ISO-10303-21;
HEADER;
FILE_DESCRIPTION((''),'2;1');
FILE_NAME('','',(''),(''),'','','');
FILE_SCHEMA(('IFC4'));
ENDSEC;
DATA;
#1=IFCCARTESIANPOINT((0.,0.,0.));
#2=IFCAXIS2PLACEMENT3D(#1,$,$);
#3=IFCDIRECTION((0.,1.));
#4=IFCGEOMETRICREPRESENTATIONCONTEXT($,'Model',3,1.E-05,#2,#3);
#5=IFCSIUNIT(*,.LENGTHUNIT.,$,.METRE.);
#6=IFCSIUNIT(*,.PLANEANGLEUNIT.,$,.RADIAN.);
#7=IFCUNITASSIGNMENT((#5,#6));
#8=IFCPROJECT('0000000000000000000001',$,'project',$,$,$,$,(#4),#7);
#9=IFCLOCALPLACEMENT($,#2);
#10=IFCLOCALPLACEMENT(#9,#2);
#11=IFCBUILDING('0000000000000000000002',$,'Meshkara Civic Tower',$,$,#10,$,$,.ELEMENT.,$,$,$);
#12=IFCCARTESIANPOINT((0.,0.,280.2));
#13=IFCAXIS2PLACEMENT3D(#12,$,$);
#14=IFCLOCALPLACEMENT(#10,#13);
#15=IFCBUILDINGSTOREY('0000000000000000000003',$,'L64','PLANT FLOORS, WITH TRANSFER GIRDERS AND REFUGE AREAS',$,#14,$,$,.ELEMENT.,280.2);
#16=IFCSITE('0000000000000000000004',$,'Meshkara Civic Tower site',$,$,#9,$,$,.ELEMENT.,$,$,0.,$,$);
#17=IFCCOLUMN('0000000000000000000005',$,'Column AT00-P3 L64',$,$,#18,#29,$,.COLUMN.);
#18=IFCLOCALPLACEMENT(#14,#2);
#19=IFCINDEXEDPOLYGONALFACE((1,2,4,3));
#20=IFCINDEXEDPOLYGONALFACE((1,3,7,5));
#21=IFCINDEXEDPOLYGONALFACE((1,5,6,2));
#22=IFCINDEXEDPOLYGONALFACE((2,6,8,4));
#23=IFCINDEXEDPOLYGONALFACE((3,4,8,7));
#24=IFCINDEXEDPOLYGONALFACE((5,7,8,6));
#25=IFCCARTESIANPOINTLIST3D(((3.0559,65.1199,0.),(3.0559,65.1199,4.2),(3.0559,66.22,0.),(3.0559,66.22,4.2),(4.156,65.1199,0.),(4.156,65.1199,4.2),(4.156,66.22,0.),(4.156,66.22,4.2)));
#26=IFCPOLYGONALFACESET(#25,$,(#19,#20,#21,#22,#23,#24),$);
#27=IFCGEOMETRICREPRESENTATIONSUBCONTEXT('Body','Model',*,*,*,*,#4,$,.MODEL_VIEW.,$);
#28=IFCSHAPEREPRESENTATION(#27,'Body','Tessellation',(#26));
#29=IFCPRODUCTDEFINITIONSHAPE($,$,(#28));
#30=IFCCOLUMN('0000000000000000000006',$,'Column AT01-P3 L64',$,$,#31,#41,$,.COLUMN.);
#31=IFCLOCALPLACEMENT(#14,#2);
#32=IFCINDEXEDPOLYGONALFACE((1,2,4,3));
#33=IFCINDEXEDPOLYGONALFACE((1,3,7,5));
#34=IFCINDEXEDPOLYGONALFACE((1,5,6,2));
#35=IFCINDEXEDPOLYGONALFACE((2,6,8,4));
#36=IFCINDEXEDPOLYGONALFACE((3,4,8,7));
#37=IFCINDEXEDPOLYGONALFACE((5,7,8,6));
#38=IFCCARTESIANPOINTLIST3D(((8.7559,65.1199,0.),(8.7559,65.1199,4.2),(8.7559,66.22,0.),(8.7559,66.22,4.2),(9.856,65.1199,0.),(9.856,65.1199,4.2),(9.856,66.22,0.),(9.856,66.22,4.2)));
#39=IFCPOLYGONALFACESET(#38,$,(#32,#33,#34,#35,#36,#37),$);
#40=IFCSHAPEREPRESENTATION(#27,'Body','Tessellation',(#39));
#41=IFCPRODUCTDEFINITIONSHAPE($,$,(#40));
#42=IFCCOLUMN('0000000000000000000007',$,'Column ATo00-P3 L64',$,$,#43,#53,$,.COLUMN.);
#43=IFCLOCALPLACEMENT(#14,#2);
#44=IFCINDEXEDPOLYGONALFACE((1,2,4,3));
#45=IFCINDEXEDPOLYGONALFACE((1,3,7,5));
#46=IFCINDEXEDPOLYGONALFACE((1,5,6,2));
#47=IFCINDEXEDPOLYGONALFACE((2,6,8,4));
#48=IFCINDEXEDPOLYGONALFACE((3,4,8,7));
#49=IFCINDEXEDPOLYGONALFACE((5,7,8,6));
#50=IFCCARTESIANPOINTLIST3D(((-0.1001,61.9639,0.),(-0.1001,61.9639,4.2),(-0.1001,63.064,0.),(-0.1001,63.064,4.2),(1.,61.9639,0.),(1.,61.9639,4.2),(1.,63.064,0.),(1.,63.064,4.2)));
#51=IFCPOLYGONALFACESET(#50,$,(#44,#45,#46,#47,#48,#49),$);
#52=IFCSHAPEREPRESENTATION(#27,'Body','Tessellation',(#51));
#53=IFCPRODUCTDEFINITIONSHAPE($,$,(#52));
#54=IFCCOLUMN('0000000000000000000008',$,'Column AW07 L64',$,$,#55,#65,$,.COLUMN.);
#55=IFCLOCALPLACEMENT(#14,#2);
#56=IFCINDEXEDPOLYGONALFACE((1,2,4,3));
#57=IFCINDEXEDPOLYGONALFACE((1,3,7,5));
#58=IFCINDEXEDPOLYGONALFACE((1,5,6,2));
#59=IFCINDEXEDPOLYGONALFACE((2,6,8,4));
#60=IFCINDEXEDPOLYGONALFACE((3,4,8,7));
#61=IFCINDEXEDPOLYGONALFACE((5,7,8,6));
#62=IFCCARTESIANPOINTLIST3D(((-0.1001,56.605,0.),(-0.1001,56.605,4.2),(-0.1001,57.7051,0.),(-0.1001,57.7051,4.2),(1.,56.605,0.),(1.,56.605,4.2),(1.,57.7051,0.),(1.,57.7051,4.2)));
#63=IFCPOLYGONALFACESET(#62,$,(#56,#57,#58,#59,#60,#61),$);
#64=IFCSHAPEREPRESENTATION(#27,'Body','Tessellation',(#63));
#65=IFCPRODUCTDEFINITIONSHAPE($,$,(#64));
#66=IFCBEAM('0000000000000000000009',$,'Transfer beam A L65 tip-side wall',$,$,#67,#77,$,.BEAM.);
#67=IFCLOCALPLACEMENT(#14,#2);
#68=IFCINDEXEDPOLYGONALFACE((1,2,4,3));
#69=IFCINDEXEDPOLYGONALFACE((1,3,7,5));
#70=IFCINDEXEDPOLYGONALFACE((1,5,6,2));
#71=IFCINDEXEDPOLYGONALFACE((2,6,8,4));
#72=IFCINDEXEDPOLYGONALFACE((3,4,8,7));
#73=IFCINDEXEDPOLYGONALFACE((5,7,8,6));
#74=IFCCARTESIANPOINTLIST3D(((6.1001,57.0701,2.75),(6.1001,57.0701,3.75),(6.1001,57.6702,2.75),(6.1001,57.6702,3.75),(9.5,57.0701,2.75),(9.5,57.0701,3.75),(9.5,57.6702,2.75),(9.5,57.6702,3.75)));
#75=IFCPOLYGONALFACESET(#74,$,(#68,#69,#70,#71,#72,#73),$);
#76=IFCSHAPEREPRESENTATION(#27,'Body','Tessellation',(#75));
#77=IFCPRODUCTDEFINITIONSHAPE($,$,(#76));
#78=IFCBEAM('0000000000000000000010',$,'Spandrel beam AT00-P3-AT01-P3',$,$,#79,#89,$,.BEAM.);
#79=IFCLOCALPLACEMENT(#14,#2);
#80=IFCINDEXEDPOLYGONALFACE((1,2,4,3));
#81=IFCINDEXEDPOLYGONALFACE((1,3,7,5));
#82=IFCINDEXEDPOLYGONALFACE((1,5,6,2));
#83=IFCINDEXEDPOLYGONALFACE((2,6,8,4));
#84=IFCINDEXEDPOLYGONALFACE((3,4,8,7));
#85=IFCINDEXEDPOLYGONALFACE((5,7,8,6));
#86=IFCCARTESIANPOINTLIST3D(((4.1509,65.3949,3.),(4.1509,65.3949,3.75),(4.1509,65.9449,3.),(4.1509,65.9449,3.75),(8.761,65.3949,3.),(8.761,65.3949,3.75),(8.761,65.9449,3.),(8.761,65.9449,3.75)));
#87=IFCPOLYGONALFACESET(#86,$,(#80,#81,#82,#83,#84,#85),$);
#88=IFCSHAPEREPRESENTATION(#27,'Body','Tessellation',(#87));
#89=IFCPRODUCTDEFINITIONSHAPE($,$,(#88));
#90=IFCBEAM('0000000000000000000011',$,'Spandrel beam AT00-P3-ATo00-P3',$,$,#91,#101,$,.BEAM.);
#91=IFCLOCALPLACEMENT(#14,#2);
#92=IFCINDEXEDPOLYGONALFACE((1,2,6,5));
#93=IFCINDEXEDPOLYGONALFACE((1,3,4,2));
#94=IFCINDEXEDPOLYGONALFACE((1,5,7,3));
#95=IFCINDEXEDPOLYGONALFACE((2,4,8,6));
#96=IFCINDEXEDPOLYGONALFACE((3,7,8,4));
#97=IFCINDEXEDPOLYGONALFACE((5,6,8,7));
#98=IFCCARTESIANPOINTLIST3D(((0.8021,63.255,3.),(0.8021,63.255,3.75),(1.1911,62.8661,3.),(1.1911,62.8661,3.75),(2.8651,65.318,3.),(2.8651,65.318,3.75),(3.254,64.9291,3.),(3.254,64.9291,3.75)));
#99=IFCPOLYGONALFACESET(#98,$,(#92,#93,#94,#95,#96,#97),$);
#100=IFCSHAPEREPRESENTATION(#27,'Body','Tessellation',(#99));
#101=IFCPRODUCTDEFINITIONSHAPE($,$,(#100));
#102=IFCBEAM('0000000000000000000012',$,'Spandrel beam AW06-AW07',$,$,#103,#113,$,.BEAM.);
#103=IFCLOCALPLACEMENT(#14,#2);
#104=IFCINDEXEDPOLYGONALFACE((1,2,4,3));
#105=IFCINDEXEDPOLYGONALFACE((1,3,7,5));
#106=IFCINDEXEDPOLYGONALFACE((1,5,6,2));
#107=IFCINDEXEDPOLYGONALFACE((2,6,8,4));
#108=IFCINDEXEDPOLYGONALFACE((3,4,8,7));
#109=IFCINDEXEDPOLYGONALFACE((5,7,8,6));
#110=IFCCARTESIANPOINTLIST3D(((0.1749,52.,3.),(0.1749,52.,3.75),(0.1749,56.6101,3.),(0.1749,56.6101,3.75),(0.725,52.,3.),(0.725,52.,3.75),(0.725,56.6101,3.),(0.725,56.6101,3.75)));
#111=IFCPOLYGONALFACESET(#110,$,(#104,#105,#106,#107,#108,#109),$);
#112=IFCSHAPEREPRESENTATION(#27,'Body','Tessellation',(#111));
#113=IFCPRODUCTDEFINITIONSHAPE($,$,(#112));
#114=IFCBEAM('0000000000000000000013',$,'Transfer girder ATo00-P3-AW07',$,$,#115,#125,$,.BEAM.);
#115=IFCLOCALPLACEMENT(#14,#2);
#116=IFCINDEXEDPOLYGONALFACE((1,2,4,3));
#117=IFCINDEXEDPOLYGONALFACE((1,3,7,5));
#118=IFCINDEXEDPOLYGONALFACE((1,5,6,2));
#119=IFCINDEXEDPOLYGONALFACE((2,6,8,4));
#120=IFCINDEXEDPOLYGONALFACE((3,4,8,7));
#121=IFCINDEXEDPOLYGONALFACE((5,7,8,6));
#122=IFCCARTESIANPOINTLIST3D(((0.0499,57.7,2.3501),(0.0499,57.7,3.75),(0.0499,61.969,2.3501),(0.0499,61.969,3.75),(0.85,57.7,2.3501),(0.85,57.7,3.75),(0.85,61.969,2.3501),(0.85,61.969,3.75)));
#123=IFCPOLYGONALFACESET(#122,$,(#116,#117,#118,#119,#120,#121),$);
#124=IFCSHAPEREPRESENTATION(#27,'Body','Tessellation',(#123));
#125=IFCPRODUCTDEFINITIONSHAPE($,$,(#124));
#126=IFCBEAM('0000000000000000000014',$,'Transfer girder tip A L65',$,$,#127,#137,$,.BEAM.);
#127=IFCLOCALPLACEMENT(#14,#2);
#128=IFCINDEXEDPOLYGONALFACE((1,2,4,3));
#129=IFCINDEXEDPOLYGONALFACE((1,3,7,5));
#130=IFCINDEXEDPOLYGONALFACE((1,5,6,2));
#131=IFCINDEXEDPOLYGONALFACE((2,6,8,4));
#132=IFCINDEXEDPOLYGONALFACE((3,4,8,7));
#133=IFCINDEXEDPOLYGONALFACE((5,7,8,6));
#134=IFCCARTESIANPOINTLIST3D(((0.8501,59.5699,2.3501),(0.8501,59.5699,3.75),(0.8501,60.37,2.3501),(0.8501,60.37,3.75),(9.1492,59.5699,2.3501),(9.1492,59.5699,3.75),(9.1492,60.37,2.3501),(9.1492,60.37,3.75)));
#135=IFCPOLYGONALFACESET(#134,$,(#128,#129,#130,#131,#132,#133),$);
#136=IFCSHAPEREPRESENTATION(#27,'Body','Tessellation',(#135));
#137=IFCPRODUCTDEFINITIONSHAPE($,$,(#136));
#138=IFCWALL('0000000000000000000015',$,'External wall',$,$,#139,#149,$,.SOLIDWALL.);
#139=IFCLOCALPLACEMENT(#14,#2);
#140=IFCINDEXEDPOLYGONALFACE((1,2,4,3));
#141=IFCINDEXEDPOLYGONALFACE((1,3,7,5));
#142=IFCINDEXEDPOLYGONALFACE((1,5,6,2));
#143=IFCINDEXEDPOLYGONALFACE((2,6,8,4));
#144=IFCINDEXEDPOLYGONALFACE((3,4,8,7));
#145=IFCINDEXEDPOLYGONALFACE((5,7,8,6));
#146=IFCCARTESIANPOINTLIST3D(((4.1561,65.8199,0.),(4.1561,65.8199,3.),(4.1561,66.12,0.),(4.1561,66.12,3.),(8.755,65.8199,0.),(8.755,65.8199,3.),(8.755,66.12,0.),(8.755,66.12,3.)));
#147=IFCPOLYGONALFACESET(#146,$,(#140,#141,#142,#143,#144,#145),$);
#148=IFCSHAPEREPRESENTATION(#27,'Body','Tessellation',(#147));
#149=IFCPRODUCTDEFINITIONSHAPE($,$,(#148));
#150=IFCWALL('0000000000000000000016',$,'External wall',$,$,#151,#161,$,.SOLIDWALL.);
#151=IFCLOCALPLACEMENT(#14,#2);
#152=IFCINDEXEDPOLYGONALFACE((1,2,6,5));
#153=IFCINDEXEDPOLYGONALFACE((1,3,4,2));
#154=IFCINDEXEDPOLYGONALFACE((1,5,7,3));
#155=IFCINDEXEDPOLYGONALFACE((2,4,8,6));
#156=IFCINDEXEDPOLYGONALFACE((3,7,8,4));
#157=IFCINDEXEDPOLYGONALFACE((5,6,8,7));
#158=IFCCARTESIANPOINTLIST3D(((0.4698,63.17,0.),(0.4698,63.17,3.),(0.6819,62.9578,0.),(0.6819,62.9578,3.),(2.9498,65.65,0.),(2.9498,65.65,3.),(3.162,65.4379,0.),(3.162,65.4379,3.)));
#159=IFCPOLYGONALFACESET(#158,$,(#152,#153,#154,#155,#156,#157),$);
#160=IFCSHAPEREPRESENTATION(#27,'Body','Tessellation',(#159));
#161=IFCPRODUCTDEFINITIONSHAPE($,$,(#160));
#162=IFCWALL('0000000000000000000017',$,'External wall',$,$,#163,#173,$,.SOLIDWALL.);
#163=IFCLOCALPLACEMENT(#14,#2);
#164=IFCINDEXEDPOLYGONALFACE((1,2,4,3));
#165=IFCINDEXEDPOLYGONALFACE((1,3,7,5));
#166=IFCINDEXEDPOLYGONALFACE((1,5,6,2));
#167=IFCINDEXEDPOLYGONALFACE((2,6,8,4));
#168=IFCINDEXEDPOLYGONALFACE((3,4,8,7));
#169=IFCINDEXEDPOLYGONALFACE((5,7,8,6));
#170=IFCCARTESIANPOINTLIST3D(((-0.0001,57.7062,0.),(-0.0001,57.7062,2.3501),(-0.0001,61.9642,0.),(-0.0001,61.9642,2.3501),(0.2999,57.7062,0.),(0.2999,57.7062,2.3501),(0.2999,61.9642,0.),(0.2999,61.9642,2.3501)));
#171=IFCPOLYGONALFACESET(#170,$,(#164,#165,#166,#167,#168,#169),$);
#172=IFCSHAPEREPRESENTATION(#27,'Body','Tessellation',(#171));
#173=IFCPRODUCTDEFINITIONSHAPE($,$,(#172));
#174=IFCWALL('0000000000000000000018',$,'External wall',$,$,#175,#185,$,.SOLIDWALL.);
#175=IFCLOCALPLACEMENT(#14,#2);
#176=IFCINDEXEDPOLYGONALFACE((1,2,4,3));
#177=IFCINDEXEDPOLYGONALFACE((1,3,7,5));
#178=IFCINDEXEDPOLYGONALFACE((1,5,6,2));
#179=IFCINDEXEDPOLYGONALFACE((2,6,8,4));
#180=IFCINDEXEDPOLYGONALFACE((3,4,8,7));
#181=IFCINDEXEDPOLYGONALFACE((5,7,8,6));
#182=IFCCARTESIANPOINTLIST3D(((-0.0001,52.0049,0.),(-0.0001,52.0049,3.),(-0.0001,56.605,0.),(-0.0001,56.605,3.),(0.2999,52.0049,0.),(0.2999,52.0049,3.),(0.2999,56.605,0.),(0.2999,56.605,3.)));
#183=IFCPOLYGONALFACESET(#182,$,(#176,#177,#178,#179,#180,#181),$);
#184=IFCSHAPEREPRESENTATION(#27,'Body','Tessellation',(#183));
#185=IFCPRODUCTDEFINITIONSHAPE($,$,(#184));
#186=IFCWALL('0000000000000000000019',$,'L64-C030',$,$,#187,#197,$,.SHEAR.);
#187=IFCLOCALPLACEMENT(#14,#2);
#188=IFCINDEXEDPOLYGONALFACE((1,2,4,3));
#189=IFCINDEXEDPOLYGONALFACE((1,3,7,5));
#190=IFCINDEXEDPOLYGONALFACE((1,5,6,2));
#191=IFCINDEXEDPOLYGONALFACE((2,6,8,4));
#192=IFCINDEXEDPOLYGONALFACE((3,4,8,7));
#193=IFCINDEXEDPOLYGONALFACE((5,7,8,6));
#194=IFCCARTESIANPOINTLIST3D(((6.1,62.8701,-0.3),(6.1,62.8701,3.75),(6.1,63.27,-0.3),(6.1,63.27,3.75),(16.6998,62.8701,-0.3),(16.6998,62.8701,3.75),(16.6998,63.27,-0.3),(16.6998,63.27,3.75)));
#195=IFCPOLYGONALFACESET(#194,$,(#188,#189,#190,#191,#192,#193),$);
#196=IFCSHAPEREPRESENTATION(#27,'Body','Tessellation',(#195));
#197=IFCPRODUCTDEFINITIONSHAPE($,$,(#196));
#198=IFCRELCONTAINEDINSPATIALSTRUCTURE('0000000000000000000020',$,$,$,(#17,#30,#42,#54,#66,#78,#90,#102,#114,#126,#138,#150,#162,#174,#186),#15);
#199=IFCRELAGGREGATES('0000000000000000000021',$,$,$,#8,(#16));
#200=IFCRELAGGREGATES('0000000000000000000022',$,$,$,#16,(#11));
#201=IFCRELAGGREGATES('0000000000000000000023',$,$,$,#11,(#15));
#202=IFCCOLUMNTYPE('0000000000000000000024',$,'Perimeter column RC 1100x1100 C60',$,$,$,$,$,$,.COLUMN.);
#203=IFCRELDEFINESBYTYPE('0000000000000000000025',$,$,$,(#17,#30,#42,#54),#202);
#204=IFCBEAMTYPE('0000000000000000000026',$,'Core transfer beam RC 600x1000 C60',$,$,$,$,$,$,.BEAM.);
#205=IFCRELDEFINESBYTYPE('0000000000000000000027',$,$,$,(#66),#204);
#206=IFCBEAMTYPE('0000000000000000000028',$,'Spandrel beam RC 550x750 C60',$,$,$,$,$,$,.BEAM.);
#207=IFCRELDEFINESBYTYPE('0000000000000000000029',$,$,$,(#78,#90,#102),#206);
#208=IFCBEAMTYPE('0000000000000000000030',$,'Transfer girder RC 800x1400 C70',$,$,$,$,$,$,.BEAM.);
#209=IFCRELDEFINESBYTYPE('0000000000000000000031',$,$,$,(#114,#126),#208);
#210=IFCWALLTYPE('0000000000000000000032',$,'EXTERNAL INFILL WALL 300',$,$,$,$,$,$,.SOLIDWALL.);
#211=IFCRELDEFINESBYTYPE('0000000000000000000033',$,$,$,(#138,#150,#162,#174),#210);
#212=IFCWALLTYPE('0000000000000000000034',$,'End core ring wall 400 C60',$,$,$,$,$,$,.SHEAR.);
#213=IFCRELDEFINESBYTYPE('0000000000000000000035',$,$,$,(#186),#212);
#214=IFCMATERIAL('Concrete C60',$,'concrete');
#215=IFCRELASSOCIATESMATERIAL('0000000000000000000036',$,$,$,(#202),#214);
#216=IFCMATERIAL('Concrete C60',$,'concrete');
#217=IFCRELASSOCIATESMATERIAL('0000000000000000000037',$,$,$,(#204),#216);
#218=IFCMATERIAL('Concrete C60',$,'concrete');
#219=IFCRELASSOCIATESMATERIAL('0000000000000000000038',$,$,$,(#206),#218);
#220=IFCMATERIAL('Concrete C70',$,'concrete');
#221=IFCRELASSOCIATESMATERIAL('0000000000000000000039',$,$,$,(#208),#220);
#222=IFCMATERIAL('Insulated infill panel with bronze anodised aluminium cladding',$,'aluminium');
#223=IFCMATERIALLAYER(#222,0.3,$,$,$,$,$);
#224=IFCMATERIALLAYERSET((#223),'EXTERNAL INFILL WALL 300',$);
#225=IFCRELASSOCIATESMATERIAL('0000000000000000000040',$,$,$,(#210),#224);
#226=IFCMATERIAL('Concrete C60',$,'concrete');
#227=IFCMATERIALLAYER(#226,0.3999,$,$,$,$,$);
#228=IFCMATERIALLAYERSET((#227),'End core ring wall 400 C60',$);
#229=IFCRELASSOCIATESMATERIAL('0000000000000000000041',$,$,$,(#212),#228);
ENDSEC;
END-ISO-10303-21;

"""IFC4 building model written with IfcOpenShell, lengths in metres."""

from ifc_helpers import new_model, si_unit, direction, frame, frame_2d, origin, origin_2d, place, context, subcontext, project, spatial, rectangle, extrude, material, layer, layer_set, material_profile, profile_set, type_object, element, save


model = new_model("IFC4")

# Units and contexts
model_context = context("Model", 3, precision=1e-05, world=origin(), true_north=direction((0.0, 1.0)))
body_context = subcontext(model_context, "Body", "Model", "MODEL_VIEW")
ifc_project = project(units=[si_unit("LENGTHUNIT", "METRE"), si_unit("PLANEANGLEUNIT", "RADIAN")], contexts=[model_context])

# Site, building, storey
site_placement = place(None, origin())
site = spatial("IfcSite", under=ifc_project, at=site_placement, Name="Meshkara Civic Tower site", CompositionType="ELEMENT", RefElevation=0.0)
building_placement = place(site_placement, origin())
building = spatial("IfcBuilding", under=site, at=building_placement, Name="Meshkara Civic Tower", CompositionType="ELEMENT")
storey_placement = place(building_placement, frame((0.0, 0.0, 280.2)))
storey = spatial("IfcBuildingStorey", under=building, at=storey_placement, Name="L64", Description="PLANT FLOORS, WITH TRANSFER GIRDERS AND REFUGE AREAS", CompositionType="ELEMENT", Elevation=280.2)

# Columns
ifc_material_1 = material(Name="Concrete C60", Category="concrete")
ifc_material_profile_1 = material_profile(ifc_material_1, rectangle(XDim=1.1001, YDim=1.1001, at=origin_2d()))
ifc_profile_set_1 = profile_set([ifc_material_profile_1], Name="Concrete C60")
column_type = type_object("IfcColumnType", Name="Perimeter column RC 1100x1100 C60", PredefinedType="COLUMN", material=ifc_profile_set_1)
for number, where, z_axis, x_axis, name in (
    (1, (3.606, 65.6699, 0.0), (0.0, 0.0, 1.0), (1.0, 0.0, 0.0), "Column AT00-P3 L64"),
    (2, (9.3059, 65.6699, 0.0), (0.0, 0.0, 1.0), (1.0, 0.0, 0.0), "Column AT01-P3 L64"),
    (3, (0.45, 62.5139, 0.0), (0.0, 0.0, 1.0), (1.0, 0.0, 0.0), "Column ATo00-P3 L64"),
    (4, (0.45, 57.155, 0.0), (0.0, 0.0, 1.0), (1.0, 0.0, 0.0), "Column AW07 L64"),
):
    element("IfcColumn", number, at=place(storey_placement, frame(where, z_axis=z_axis, x_axis=x_axis)), inside=storey, type_object=column_type, Name=name, PredefinedType="COLUMN", context=body_context, shape_type="SweptSolid", body=[
        extrude(rectangle(XDim=1.1001, YDim=1.1001, at=origin_2d()), origin(), (0.0, 0.0, 1.0), 4.2),
    ])

# Beams
ifc_material_2 = material(Name="Concrete C60", Category="concrete")
ifc_material_profile_2 = material_profile(ifc_material_2, rectangle(XDim=0.6001, YDim=1.0, at=origin_2d()))
ifc_profile_set_2 = profile_set([ifc_material_profile_2], Name="Concrete C60")
beam_type_1 = type_object("IfcBeamType", Name="Core transfer beam RC 600x1000 C60", PredefinedType="BEAM", material=ifc_profile_set_2)
beam_1_placement = place(storey_placement, frame((6.1001, 57.3701, 3.25), z_axis=(1.0, 0.0, 0.0), x_axis=(0.0, 1.0, 0.0)))
element("IfcBeam", 5, at=beam_1_placement, inside=storey, type_object=beam_type_1, Name="Transfer beam A L65 tip-side wall", PredefinedType="BEAM", context=body_context, shape_type="SweptSolid", body=[
    extrude(rectangle(XDim=0.6001, YDim=1.0, at=origin_2d()), origin(), (0.0, 0.0, 1.0), 3.3999),
])
ifc_material_3 = material(Name="Concrete C60", Category="concrete")
ifc_material_profile_3 = material_profile(ifc_material_3, rectangle(XDim=0.55, YDim=0.75, at=origin_2d()))
ifc_profile_set_3 = profile_set([ifc_material_profile_3], Name="Concrete C60")
beam_type_2 = type_object("IfcBeamType", Name="Spandrel beam RC 550x750 C60", PredefinedType="BEAM", material=ifc_profile_set_3)
beam_2_placement = place(storey_placement, frame((8.761, 65.6699, 3.375), z_axis=(-1.0, 0.0, 0.0), x_axis=(0.0, -1.0, 0.0)))
element("IfcBeam", 6, at=beam_2_placement, inside=storey, type_object=beam_type_2, Name="Spandrel beam AT00-P3-AT01-P3", PredefinedType="BEAM", context=body_context, shape_type="SweptSolid", body=[
    extrude(rectangle(XDim=0.55, YDim=0.75, at=origin_2d()), origin(), (0.0, 0.0, 1.0), 4.6101),
])
beam_3_placement = place(storey_placement, frame((3.0596, 65.1235, 3.375), z_axis=(-0.707107, -0.707107, 0.0), x_axis=(0.707107, -0.707107, 0.0)))
element("IfcBeam", 7, at=beam_3_placement, inside=storey, type_object=beam_type_2, Name="Spandrel beam AT00-P3-ATo00-P3", PredefinedType="BEAM", context=body_context, shape_type="SweptSolid", body=[
    extrude(rectangle(XDim=0.55, YDim=0.75, at=origin_2d()), origin(), (0.0, 0.0, 1.0), 2.9175),
])
beam_4_placement = place(storey_placement, frame((0.45, 56.6101, 3.375), z_axis=(0.0, -1.0, 0.0), x_axis=(1.0, 0.0, 0.0)))
element("IfcBeam", 8, at=beam_4_placement, inside=storey, type_object=beam_type_2, Name="Spandrel beam AW06-AW07", PredefinedType="BEAM", context=body_context, shape_type="SweptSolid", body=[
    extrude(rectangle(XDim=0.55, YDim=0.75, at=origin_2d()), origin(), (0.0, 0.0, 1.0), 4.6101),
])
ifc_material_4 = material(Name="Concrete C70", Category="concrete")
ifc_material_profile_4 = material_profile(ifc_material_4, rectangle(XDim=0.8, YDim=1.3999, at=origin_2d()))
ifc_profile_set_4 = profile_set([ifc_material_profile_4], Name="Concrete C70")
beam_type_3 = type_object("IfcBeamType", Name="Transfer girder RC 800x1400 C70", PredefinedType="BEAM", material=ifc_profile_set_4)
beam_5_placement = place(storey_placement, frame((0.45, 57.7, 3.05), z_axis=(0.0, 1.0, 0.0), x_axis=(-1.0, 0.0, 0.0)))
element("IfcBeam", 9, at=beam_5_placement, inside=storey, type_object=beam_type_3, Name="Transfer girder ATo00-P3-AW07", PredefinedType="BEAM", context=body_context, shape_type="SweptSolid", body=[
    extrude(rectangle(XDim=0.8, YDim=1.3999, at=origin_2d()), origin(), (0.0, 0.0, 1.0), 4.269),
])
beam_6_placement = place(storey_placement, frame((0.8501, 59.97, 3.05), z_axis=(1.0, 0.0, 0.0), x_axis=(0.0, 1.0, 0.0)))
element("IfcBeam", 10, at=beam_6_placement, inside=storey, type_object=beam_type_3, Name="Transfer girder tip A L65", PredefinedType="BEAM", context=body_context, shape_type="SweptSolid", body=[
    extrude(rectangle(XDim=0.8, YDim=1.3999, at=origin_2d()), origin(), (0.0, 0.0, 1.0), 8.2991),
])

# Walls
ifc_material_5 = material(Name="Insulated infill panel with bronze anodised aluminium cladding", Category="aluminium")
ifc_layer_1 = layer(ifc_material_5, 0.3)
ifc_layer_set_1 = layer_set([ifc_layer_1], Name="EXTERNAL INFILL WALL 300")
wall_type_1 = type_object("IfcWallType", Name="EXTERNAL INFILL WALL 300", PredefinedType="SOLIDWALL", material=ifc_layer_set_1)
wall_1_placement = place(storey_placement, frame((8.7549, 65.97, 0.0), z_axis=(0.0, 0.0, 1.0), x_axis=(-1.0, 0.0, 0.0)))
element("IfcWall", 11, at=wall_1_placement, inside=storey, type_object=wall_type_1, Name="External wall", PredefinedType="SOLIDWALL", context=body_context, shape_type="SweptSolid", body=[
    extrude(rectangle(XDim=4.5989, YDim=0.3, at=frame_2d((2.2993, 0.0))), origin(), (0.0, 0.0, 1.0), 3.0),
])
wall_2_placement = place(storey_placement, frame((3.0559, 65.5439, 0.0), z_axis=(0.0, 0.0, 1.0), x_axis=(-0.707107, -0.707107, 0.0)))
element("IfcWall", 12, at=wall_2_placement, inside=storey, type_object=wall_type_1, Name="External wall", PredefinedType="SOLIDWALL", context=body_context, shape_type="SweptSolid", body=[
    extrude(rectangle(XDim=3.5073, YDim=0.3, at=frame_2d((1.7537, 0.0))), origin(), (0.0, 0.0, 1.0), 3.0),
])
wall_3_placement = place(storey_placement, frame((0.1499, 61.9641, 0.0), z_axis=(0.0, 0.0, 1.0), x_axis=(0.0, -1.0, 0.0)))
element("IfcWall", 13, at=wall_3_placement, inside=storey, type_object=wall_type_1, Name="External wall", PredefinedType="SOLIDWALL", context=body_context, shape_type="SweptSolid", body=[
    extrude(rectangle(XDim=4.2581, YDim=0.3, at=frame_2d((2.1289, 0.0))), origin(), (0.0, 0.0, 1.0), 2.3501),
])
wall_4_placement = place(storey_placement, frame((0.1499, 56.605, 0.0), z_axis=(0.0, 0.0, 1.0), x_axis=(0.0, -1.0, 0.0)))
element("IfcWall", 14, at=wall_4_placement, inside=storey, type_object=wall_type_1, Name="External wall", PredefinedType="SOLIDWALL", context=body_context, shape_type="SweptSolid", body=[
    extrude(rectangle(XDim=4.6001, YDim=0.3, at=frame_2d((2.3, 0.0))), origin(), (0.0, 0.0, 1.0), 3.0),
])
ifc_material_6 = material(Name="Concrete C60", Category="concrete")
ifc_layer_2 = layer(ifc_material_6, 0.3999)
ifc_layer_set_2 = layer_set([ifc_layer_2], Name="End core ring wall 400 C60")
wall_type_2 = type_object("IfcWallType", Name="End core ring wall 400 C60", PredefinedType="SHEAR", material=ifc_layer_set_2)
wall_5_placement = place(storey_placement, frame((6.1001, 63.0701, -0.3), z_axis=(0.0, 0.0, 1.0), x_axis=(1.0, 0.0, 0.0)))
element("IfcWall", 15, at=wall_5_placement, inside=storey, type_object=wall_type_2, Name="L64-C030", PredefinedType="SHEAR", context=body_context, shape_type="SweptSolid", body=[
    extrude(rectangle(XDim=10.5999, YDim=0.3999, at=frame_2d((5.2998, 0.0))), origin(), (0.0, 0.0, 1.0), 4.05),
])

save(model, "model.ifc")
